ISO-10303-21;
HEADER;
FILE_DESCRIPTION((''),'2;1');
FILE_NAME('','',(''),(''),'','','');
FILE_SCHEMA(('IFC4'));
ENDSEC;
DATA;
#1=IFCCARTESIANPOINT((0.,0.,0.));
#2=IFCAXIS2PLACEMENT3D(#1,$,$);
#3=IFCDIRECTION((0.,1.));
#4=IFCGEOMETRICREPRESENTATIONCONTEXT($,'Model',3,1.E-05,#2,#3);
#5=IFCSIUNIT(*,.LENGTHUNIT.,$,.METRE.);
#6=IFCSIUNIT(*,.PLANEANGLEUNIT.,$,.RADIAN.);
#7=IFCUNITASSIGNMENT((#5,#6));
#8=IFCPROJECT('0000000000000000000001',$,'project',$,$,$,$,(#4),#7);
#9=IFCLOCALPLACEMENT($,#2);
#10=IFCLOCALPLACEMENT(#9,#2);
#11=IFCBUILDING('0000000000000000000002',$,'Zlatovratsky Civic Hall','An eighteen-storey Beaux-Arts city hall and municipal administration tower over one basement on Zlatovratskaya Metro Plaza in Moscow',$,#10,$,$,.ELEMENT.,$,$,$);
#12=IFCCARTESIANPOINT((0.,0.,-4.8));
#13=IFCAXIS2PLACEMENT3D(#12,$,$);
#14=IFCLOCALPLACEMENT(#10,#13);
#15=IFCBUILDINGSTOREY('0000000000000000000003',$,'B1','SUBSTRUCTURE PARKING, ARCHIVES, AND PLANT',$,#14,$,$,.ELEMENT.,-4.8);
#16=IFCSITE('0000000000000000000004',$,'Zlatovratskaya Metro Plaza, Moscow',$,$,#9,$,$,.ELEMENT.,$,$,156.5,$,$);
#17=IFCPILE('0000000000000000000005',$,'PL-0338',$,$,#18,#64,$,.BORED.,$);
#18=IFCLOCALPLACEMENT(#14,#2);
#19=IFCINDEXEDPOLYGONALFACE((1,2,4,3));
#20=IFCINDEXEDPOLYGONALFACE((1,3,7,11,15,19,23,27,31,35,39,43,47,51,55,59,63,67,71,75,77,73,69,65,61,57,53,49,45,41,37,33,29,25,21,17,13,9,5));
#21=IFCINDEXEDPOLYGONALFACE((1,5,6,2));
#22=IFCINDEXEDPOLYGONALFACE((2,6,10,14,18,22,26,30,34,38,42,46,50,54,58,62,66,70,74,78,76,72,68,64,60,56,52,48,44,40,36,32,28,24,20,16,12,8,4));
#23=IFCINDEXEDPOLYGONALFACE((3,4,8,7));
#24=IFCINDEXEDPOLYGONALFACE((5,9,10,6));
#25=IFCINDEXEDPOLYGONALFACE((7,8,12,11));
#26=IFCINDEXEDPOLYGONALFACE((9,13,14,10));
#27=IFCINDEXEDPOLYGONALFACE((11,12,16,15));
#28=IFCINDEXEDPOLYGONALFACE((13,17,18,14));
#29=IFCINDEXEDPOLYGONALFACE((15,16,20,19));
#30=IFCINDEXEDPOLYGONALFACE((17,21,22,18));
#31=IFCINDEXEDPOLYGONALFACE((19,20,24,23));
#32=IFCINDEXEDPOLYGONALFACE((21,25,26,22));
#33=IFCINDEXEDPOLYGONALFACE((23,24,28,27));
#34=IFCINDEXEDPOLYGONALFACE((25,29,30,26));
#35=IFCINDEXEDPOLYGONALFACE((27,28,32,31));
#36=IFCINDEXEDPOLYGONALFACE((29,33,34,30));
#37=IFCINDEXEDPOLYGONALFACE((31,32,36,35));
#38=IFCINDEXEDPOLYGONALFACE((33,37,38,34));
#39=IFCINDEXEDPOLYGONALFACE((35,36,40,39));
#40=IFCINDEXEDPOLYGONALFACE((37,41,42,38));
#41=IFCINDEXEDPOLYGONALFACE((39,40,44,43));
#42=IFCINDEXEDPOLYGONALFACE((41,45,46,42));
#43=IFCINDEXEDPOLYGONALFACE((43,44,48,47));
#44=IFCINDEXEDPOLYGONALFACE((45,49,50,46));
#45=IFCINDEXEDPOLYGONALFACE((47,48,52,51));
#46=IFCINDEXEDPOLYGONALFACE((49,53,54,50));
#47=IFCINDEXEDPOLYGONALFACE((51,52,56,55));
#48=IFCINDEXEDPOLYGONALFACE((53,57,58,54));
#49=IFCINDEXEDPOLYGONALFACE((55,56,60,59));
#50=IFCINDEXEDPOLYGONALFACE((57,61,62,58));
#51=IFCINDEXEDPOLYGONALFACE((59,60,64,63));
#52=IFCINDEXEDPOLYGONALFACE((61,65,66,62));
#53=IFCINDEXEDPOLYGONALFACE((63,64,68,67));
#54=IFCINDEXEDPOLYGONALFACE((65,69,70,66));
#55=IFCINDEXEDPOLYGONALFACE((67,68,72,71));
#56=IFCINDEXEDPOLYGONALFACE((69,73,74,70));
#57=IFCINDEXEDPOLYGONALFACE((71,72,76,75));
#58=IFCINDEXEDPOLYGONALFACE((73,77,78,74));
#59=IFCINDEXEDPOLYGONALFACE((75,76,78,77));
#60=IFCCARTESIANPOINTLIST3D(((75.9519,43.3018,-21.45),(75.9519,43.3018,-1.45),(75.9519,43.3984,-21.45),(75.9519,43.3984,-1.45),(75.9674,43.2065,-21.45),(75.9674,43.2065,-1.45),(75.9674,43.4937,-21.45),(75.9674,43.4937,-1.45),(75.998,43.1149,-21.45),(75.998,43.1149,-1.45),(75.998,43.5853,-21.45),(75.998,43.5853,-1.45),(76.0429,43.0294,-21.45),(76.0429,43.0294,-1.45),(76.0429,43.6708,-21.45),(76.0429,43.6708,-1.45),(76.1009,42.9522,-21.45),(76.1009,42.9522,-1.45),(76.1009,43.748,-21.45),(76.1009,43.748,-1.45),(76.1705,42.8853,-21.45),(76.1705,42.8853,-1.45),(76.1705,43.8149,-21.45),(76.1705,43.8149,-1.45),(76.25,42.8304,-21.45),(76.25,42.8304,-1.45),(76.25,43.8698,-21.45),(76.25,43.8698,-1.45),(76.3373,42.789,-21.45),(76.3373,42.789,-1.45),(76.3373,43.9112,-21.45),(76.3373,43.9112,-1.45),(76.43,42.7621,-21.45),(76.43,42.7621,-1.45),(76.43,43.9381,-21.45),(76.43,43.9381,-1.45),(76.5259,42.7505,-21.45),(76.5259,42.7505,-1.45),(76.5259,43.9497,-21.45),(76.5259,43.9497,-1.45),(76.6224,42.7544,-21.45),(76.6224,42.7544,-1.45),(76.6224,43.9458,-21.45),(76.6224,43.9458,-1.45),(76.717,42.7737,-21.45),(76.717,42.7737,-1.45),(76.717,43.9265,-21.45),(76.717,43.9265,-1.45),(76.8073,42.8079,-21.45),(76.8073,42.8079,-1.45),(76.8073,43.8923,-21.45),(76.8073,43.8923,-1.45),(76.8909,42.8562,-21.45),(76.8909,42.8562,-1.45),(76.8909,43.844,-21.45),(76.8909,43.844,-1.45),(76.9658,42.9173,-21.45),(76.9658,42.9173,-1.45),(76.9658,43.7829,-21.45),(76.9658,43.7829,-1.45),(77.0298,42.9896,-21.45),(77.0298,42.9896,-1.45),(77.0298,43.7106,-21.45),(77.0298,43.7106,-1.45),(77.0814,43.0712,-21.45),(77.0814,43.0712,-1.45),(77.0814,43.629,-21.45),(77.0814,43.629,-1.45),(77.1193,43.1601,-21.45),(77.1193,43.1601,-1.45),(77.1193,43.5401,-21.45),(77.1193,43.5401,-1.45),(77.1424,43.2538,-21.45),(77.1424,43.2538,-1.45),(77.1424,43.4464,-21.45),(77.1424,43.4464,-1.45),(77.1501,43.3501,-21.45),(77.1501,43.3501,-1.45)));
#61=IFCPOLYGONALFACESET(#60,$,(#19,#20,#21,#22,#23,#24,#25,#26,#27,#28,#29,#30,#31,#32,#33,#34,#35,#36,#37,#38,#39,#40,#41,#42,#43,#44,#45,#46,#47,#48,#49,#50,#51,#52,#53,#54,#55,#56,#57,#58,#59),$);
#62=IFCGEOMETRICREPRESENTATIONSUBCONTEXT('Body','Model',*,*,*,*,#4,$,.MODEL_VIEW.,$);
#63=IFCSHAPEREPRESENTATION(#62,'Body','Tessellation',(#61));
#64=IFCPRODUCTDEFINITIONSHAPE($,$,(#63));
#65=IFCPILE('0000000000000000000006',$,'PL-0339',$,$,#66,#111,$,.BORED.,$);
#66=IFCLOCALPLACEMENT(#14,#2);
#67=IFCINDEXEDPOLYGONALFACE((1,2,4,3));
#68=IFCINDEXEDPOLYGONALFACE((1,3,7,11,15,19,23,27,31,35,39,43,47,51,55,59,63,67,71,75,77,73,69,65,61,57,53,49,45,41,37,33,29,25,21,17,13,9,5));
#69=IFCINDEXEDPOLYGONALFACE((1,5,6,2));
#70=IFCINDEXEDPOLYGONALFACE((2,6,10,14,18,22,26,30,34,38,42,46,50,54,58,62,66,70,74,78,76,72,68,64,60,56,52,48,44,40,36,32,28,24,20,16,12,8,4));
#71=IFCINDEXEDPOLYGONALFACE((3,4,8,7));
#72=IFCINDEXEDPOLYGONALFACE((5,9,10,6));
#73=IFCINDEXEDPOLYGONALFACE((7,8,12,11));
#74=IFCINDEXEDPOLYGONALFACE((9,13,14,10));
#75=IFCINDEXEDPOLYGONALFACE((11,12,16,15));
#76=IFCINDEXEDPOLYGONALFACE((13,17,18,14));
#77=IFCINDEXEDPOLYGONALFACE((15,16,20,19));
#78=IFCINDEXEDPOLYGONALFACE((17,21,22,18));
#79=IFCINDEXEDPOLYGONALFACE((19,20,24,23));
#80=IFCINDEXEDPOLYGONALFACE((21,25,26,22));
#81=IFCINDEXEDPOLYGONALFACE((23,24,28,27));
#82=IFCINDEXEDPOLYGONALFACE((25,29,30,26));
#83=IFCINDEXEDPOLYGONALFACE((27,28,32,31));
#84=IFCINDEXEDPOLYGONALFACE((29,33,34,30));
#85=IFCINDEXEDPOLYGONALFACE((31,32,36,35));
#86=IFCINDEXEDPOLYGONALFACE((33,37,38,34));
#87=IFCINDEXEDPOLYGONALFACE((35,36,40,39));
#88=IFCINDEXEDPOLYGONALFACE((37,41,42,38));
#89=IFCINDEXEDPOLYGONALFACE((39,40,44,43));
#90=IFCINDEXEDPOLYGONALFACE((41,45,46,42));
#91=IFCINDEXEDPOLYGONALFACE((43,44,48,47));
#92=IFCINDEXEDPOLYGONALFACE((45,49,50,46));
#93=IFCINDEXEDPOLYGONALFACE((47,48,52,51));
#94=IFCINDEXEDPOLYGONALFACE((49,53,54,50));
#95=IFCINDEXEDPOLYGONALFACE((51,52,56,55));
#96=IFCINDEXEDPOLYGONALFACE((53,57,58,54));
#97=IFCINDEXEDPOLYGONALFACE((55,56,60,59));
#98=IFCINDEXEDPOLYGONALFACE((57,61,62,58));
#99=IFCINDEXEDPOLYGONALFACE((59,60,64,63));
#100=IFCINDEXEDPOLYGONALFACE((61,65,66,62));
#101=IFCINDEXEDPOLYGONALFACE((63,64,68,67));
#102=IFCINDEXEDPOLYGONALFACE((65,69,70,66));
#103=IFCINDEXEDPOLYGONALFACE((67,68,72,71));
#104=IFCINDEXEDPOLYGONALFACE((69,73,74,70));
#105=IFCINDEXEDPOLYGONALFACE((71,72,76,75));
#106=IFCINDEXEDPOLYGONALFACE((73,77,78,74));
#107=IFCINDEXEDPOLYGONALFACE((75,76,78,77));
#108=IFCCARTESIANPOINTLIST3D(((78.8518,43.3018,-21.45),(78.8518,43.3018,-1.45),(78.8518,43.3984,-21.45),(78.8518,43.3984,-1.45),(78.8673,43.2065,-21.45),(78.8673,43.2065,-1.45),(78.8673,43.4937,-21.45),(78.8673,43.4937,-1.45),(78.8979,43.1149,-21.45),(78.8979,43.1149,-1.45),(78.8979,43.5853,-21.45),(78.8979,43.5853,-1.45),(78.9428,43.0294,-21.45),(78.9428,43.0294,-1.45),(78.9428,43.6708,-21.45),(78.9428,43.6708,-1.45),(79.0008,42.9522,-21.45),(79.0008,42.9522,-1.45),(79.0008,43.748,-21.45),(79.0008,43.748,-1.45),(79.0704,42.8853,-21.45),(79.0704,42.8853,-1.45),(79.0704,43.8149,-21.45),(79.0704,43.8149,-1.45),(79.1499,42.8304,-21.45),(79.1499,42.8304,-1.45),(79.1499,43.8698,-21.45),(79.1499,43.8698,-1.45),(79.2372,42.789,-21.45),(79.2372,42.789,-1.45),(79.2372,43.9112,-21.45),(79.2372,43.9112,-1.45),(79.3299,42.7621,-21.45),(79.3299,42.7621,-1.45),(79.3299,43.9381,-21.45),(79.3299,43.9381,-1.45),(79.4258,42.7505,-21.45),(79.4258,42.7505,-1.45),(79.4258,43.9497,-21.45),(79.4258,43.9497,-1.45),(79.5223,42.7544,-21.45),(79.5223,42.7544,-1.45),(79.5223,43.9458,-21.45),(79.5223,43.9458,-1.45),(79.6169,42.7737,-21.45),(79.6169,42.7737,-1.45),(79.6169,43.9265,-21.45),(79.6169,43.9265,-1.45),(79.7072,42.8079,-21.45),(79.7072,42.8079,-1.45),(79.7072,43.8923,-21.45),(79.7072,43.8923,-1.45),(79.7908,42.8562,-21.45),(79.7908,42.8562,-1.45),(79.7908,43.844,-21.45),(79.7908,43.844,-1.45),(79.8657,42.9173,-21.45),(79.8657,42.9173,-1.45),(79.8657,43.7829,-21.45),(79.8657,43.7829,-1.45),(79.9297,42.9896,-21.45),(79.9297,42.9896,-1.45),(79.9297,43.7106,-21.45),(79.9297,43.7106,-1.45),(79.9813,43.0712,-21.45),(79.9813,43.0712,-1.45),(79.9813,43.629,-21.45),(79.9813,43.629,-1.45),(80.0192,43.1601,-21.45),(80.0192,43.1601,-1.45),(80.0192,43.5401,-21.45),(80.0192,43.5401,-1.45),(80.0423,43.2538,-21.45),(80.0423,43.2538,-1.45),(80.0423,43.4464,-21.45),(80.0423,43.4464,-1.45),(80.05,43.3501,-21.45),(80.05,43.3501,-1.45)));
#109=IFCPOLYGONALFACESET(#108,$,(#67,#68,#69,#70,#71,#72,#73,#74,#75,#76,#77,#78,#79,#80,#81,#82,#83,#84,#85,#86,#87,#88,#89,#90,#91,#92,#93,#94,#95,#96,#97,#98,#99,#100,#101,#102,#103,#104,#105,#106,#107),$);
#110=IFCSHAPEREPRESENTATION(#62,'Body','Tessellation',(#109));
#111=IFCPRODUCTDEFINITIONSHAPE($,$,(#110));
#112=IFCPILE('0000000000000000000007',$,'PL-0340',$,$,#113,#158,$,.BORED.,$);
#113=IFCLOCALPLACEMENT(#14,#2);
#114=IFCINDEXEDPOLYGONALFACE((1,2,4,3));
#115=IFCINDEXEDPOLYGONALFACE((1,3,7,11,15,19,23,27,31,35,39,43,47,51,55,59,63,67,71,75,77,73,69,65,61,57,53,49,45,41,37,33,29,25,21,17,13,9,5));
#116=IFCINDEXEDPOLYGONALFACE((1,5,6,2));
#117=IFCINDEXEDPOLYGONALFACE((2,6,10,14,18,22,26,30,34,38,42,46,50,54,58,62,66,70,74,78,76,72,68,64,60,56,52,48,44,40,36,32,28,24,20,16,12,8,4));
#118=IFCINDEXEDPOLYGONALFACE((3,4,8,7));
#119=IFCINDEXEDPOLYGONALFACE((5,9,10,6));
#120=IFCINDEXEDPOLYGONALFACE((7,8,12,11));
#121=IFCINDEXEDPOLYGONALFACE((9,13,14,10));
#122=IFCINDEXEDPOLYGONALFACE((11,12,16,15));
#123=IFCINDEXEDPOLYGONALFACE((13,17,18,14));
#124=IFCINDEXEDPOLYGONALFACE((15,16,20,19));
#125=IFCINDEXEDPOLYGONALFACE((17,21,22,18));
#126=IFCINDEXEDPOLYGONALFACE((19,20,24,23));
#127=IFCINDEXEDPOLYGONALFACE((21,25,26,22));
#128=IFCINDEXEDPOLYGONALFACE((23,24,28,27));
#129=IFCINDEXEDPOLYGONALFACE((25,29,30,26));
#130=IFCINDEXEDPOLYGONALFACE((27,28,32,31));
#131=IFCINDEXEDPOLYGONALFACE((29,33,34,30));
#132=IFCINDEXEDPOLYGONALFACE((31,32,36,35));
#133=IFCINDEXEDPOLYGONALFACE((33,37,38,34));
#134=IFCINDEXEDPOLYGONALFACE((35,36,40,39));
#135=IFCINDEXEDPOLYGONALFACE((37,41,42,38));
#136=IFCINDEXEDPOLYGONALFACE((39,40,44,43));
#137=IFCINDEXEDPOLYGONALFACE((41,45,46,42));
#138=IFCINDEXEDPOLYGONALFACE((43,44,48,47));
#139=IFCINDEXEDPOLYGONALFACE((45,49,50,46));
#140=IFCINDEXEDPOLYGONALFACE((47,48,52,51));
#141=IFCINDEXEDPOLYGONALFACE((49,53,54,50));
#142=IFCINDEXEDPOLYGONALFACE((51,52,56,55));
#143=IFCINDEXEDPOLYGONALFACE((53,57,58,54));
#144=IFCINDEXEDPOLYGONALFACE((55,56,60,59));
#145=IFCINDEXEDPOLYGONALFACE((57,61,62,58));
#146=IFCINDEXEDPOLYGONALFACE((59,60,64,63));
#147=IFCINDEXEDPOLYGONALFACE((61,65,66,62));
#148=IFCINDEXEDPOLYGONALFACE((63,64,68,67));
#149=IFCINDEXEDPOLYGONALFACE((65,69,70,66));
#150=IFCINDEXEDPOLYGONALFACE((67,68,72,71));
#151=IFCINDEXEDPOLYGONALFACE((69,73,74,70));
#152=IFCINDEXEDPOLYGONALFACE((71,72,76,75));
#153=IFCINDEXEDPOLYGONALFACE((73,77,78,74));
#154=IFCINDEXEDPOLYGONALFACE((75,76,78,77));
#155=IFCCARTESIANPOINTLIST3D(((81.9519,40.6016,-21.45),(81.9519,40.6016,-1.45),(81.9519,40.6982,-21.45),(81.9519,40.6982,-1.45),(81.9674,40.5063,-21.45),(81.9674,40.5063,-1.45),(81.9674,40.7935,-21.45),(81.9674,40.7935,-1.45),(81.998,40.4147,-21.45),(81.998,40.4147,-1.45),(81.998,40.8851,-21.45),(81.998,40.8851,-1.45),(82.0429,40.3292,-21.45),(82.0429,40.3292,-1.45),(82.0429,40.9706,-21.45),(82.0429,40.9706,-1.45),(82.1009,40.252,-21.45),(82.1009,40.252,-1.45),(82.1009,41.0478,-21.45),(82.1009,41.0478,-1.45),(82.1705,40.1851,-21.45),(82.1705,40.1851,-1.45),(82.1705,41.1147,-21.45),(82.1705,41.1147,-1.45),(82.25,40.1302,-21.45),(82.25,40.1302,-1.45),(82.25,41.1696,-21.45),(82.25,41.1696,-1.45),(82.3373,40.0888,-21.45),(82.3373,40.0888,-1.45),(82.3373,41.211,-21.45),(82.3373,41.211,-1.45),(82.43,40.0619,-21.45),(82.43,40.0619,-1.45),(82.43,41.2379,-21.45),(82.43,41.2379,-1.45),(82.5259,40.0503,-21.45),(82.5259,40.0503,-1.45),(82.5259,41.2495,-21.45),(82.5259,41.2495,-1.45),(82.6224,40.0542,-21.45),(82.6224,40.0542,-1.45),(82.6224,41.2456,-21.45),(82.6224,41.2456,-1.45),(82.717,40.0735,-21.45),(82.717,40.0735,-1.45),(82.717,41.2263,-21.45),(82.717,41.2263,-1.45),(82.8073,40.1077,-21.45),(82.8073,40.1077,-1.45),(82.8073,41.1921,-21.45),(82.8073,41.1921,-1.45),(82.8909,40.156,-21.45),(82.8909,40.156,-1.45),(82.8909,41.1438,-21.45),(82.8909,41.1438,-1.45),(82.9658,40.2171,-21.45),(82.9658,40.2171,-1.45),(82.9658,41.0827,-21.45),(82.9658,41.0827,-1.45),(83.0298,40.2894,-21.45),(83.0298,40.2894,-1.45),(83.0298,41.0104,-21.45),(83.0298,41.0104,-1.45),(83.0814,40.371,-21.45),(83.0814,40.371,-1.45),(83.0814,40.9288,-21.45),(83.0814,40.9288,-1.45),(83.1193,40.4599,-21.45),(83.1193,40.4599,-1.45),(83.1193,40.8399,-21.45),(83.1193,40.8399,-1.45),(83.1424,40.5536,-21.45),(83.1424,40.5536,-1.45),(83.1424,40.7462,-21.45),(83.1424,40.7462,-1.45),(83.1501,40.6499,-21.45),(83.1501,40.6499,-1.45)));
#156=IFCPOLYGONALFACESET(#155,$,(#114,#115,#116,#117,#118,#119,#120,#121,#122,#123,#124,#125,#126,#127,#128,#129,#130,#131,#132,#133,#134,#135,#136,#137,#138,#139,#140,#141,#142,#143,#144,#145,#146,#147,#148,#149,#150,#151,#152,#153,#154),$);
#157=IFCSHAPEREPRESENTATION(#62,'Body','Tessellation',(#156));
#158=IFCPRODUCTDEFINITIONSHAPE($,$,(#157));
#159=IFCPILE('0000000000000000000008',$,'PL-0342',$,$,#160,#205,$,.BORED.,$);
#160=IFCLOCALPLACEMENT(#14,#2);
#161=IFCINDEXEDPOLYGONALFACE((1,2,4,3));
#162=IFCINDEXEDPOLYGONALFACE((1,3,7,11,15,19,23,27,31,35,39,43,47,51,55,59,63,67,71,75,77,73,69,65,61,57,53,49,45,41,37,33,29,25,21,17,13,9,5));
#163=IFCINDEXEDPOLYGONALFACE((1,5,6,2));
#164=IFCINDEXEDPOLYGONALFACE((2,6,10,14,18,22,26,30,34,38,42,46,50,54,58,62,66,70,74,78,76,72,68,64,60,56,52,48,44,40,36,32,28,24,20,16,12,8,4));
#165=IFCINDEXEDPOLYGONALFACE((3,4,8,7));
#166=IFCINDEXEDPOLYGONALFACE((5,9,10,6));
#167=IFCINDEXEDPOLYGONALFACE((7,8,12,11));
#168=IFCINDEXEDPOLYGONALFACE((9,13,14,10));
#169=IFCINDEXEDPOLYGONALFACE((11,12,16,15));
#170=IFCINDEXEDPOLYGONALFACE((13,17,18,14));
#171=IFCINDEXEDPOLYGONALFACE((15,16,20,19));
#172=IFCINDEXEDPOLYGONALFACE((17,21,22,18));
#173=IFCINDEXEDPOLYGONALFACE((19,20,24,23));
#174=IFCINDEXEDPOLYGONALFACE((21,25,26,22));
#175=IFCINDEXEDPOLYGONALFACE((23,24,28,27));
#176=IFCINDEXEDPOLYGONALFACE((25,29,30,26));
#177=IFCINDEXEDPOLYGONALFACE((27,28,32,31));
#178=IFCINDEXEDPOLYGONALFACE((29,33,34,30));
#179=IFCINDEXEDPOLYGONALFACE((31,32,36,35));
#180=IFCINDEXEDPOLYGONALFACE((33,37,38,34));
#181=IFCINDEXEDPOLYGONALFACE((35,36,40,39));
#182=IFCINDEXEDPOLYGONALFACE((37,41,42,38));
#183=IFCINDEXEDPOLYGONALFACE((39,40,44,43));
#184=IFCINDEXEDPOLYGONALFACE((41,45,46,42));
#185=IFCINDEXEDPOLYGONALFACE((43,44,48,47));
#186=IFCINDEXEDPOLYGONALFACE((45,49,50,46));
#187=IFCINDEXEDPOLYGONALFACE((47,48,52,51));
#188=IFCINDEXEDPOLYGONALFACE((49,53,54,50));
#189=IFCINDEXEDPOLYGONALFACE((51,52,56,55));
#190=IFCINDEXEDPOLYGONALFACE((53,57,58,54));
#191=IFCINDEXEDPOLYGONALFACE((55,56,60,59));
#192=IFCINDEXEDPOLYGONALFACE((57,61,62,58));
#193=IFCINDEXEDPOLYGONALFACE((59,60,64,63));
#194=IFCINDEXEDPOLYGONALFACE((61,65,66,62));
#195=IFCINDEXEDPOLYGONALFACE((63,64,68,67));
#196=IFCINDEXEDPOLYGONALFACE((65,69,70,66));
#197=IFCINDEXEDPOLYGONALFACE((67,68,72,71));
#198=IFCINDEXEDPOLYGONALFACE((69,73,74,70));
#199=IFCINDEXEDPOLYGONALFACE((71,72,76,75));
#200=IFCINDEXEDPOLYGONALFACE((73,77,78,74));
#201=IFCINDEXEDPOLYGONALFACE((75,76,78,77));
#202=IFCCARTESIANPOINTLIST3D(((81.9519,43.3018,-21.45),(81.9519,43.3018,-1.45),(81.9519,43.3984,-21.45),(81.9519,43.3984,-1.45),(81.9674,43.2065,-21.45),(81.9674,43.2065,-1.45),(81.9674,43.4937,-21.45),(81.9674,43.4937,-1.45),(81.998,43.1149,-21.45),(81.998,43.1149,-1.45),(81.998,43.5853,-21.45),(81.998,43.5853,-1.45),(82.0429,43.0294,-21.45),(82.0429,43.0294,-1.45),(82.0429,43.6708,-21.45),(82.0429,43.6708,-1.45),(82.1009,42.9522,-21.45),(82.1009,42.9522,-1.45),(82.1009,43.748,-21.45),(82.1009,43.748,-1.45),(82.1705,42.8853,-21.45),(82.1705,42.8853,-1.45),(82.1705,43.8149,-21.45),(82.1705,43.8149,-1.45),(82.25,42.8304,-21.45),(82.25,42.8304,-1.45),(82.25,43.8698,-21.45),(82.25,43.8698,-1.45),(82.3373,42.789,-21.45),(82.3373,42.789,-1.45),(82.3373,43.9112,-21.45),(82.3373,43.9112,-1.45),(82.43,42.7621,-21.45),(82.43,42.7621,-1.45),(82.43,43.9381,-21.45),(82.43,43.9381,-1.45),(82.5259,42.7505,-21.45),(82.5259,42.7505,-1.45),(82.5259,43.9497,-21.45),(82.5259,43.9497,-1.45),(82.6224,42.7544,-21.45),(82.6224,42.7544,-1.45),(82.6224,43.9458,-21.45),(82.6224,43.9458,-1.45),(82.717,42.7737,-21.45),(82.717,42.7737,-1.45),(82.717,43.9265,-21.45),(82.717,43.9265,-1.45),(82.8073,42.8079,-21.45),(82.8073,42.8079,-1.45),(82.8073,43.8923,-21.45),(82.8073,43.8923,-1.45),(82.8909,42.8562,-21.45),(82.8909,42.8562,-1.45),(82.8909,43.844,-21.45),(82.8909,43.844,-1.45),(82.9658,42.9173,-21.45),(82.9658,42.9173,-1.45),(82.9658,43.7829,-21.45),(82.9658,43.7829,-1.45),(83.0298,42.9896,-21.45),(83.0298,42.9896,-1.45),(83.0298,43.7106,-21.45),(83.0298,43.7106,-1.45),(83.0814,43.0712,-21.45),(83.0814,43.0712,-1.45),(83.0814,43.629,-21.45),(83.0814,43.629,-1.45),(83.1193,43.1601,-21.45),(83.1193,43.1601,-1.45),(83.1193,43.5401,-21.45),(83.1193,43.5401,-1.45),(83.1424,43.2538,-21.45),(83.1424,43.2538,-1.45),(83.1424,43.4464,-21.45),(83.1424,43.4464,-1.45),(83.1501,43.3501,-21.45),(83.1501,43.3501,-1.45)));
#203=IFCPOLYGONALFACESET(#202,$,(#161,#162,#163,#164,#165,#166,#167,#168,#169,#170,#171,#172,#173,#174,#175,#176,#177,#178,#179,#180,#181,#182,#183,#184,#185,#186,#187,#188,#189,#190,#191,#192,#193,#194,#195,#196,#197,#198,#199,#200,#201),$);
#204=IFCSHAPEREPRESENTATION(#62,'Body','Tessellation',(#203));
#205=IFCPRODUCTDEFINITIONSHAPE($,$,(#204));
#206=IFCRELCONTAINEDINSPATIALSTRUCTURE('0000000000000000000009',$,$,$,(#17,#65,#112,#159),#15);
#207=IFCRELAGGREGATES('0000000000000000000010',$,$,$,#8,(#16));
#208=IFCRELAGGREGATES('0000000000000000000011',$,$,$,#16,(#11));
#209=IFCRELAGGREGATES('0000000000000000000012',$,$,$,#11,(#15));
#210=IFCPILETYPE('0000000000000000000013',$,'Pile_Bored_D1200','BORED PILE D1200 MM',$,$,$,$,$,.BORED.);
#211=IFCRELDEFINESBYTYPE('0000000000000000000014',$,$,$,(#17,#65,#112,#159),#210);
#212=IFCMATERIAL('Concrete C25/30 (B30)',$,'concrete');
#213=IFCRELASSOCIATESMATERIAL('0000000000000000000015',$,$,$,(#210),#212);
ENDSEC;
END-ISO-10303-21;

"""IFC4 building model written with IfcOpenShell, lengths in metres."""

from ifc_helpers import new_model, si_unit, direction, frame, origin, origin_2d, place, context, subcontext, project, spatial, circle, extrude, material, material_profile, profile_set, type_object, element, save


model = new_model("IFC4")

# Units and contexts
model_context = context("Model", 3, precision=1e-05, world=origin(), true_north=direction((0.0, 1.0)))
body_context = subcontext(model_context, "Body", "Model", "MODEL_VIEW")
ifc_project = project(units=[si_unit("LENGTHUNIT", "METRE"), si_unit("PLANEANGLEUNIT", "RADIAN")], contexts=[model_context])

# Site, building, storey
site_placement = place(None, origin())
site = spatial("IfcSite", under=ifc_project, at=site_placement, Name="Zlatovratskaya Metro Plaza, Moscow", CompositionType="ELEMENT", RefElevation=156.5)
building_placement = place(site_placement, origin())
building = spatial("IfcBuilding", under=site, at=building_placement, Name="Zlatovratsky Civic Hall", Description="An eighteen-storey Beaux-Arts city hall and municipal administration tower over one basement on Zlatovratskaya Metro Plaza in Moscow", CompositionType="ELEMENT")
storey_placement = place(building_placement, frame((0.0, 0.0, -4.8)))
storey = spatial("IfcBuildingStorey", under=building, at=storey_placement, Name="B1", Description="SUBSTRUCTURE PARKING, ARCHIVES, AND PLANT", CompositionType="ELEMENT", Elevation=-4.8)

# Shared definitions
ifc_material_1 = material(Name="Concrete C25/30 (B30)", Category="concrete")

# Piles
ifc_material_profile_1 = material_profile(ifc_material_1, circle(Radius=0.6001, at=origin_2d()), Name="PILE D1200")
ifc_profile_set_1 = profile_set([ifc_material_profile_1], Name="Concrete C25/30 (B30)")
pile_type_1 = type_object("IfcPileType", Name="Pile_Bored_D1200", Description="BORED PILE D1200 MM", PredefinedType="BORED", material=ifc_profile_set_1)
for number, where, z_axis, x_axis, name in (
    (1, (76.55, 43.3501, -1.45), (0.0, 0.0, -1.0), (1.0, 0.0, 0.0), "PL-0338"),
    (2, (79.45, 43.3501, -1.45), (0.0, 0.0, -1.0), (1.0, 0.0, 0.0), "PL-0339"),
    (3, (82.55, 40.6499, -1.45), (0.0, 0.0, -1.0), (1.0, 0.0, 0.0), "PL-0340"),
    (4, (82.55, 43.3501, -1.45), (0.0, 0.0, -1.0), (1.0, 0.0, 0.0), "PL-0342"),
):
    element("IfcPile", number, at=place(storey_placement, frame(where, z_axis=z_axis, x_axis=x_axis)), inside=storey, type_object=pile_type_1, Name=name, PredefinedType="BORED", context=body_context, shape_type="SweptSolid", body=[
        extrude(circle(Radius=0.6001, at=origin_2d()), origin(), (0.0, 0.0, 1.0), 20.0),
    ])

save(model, "model.ifc")
